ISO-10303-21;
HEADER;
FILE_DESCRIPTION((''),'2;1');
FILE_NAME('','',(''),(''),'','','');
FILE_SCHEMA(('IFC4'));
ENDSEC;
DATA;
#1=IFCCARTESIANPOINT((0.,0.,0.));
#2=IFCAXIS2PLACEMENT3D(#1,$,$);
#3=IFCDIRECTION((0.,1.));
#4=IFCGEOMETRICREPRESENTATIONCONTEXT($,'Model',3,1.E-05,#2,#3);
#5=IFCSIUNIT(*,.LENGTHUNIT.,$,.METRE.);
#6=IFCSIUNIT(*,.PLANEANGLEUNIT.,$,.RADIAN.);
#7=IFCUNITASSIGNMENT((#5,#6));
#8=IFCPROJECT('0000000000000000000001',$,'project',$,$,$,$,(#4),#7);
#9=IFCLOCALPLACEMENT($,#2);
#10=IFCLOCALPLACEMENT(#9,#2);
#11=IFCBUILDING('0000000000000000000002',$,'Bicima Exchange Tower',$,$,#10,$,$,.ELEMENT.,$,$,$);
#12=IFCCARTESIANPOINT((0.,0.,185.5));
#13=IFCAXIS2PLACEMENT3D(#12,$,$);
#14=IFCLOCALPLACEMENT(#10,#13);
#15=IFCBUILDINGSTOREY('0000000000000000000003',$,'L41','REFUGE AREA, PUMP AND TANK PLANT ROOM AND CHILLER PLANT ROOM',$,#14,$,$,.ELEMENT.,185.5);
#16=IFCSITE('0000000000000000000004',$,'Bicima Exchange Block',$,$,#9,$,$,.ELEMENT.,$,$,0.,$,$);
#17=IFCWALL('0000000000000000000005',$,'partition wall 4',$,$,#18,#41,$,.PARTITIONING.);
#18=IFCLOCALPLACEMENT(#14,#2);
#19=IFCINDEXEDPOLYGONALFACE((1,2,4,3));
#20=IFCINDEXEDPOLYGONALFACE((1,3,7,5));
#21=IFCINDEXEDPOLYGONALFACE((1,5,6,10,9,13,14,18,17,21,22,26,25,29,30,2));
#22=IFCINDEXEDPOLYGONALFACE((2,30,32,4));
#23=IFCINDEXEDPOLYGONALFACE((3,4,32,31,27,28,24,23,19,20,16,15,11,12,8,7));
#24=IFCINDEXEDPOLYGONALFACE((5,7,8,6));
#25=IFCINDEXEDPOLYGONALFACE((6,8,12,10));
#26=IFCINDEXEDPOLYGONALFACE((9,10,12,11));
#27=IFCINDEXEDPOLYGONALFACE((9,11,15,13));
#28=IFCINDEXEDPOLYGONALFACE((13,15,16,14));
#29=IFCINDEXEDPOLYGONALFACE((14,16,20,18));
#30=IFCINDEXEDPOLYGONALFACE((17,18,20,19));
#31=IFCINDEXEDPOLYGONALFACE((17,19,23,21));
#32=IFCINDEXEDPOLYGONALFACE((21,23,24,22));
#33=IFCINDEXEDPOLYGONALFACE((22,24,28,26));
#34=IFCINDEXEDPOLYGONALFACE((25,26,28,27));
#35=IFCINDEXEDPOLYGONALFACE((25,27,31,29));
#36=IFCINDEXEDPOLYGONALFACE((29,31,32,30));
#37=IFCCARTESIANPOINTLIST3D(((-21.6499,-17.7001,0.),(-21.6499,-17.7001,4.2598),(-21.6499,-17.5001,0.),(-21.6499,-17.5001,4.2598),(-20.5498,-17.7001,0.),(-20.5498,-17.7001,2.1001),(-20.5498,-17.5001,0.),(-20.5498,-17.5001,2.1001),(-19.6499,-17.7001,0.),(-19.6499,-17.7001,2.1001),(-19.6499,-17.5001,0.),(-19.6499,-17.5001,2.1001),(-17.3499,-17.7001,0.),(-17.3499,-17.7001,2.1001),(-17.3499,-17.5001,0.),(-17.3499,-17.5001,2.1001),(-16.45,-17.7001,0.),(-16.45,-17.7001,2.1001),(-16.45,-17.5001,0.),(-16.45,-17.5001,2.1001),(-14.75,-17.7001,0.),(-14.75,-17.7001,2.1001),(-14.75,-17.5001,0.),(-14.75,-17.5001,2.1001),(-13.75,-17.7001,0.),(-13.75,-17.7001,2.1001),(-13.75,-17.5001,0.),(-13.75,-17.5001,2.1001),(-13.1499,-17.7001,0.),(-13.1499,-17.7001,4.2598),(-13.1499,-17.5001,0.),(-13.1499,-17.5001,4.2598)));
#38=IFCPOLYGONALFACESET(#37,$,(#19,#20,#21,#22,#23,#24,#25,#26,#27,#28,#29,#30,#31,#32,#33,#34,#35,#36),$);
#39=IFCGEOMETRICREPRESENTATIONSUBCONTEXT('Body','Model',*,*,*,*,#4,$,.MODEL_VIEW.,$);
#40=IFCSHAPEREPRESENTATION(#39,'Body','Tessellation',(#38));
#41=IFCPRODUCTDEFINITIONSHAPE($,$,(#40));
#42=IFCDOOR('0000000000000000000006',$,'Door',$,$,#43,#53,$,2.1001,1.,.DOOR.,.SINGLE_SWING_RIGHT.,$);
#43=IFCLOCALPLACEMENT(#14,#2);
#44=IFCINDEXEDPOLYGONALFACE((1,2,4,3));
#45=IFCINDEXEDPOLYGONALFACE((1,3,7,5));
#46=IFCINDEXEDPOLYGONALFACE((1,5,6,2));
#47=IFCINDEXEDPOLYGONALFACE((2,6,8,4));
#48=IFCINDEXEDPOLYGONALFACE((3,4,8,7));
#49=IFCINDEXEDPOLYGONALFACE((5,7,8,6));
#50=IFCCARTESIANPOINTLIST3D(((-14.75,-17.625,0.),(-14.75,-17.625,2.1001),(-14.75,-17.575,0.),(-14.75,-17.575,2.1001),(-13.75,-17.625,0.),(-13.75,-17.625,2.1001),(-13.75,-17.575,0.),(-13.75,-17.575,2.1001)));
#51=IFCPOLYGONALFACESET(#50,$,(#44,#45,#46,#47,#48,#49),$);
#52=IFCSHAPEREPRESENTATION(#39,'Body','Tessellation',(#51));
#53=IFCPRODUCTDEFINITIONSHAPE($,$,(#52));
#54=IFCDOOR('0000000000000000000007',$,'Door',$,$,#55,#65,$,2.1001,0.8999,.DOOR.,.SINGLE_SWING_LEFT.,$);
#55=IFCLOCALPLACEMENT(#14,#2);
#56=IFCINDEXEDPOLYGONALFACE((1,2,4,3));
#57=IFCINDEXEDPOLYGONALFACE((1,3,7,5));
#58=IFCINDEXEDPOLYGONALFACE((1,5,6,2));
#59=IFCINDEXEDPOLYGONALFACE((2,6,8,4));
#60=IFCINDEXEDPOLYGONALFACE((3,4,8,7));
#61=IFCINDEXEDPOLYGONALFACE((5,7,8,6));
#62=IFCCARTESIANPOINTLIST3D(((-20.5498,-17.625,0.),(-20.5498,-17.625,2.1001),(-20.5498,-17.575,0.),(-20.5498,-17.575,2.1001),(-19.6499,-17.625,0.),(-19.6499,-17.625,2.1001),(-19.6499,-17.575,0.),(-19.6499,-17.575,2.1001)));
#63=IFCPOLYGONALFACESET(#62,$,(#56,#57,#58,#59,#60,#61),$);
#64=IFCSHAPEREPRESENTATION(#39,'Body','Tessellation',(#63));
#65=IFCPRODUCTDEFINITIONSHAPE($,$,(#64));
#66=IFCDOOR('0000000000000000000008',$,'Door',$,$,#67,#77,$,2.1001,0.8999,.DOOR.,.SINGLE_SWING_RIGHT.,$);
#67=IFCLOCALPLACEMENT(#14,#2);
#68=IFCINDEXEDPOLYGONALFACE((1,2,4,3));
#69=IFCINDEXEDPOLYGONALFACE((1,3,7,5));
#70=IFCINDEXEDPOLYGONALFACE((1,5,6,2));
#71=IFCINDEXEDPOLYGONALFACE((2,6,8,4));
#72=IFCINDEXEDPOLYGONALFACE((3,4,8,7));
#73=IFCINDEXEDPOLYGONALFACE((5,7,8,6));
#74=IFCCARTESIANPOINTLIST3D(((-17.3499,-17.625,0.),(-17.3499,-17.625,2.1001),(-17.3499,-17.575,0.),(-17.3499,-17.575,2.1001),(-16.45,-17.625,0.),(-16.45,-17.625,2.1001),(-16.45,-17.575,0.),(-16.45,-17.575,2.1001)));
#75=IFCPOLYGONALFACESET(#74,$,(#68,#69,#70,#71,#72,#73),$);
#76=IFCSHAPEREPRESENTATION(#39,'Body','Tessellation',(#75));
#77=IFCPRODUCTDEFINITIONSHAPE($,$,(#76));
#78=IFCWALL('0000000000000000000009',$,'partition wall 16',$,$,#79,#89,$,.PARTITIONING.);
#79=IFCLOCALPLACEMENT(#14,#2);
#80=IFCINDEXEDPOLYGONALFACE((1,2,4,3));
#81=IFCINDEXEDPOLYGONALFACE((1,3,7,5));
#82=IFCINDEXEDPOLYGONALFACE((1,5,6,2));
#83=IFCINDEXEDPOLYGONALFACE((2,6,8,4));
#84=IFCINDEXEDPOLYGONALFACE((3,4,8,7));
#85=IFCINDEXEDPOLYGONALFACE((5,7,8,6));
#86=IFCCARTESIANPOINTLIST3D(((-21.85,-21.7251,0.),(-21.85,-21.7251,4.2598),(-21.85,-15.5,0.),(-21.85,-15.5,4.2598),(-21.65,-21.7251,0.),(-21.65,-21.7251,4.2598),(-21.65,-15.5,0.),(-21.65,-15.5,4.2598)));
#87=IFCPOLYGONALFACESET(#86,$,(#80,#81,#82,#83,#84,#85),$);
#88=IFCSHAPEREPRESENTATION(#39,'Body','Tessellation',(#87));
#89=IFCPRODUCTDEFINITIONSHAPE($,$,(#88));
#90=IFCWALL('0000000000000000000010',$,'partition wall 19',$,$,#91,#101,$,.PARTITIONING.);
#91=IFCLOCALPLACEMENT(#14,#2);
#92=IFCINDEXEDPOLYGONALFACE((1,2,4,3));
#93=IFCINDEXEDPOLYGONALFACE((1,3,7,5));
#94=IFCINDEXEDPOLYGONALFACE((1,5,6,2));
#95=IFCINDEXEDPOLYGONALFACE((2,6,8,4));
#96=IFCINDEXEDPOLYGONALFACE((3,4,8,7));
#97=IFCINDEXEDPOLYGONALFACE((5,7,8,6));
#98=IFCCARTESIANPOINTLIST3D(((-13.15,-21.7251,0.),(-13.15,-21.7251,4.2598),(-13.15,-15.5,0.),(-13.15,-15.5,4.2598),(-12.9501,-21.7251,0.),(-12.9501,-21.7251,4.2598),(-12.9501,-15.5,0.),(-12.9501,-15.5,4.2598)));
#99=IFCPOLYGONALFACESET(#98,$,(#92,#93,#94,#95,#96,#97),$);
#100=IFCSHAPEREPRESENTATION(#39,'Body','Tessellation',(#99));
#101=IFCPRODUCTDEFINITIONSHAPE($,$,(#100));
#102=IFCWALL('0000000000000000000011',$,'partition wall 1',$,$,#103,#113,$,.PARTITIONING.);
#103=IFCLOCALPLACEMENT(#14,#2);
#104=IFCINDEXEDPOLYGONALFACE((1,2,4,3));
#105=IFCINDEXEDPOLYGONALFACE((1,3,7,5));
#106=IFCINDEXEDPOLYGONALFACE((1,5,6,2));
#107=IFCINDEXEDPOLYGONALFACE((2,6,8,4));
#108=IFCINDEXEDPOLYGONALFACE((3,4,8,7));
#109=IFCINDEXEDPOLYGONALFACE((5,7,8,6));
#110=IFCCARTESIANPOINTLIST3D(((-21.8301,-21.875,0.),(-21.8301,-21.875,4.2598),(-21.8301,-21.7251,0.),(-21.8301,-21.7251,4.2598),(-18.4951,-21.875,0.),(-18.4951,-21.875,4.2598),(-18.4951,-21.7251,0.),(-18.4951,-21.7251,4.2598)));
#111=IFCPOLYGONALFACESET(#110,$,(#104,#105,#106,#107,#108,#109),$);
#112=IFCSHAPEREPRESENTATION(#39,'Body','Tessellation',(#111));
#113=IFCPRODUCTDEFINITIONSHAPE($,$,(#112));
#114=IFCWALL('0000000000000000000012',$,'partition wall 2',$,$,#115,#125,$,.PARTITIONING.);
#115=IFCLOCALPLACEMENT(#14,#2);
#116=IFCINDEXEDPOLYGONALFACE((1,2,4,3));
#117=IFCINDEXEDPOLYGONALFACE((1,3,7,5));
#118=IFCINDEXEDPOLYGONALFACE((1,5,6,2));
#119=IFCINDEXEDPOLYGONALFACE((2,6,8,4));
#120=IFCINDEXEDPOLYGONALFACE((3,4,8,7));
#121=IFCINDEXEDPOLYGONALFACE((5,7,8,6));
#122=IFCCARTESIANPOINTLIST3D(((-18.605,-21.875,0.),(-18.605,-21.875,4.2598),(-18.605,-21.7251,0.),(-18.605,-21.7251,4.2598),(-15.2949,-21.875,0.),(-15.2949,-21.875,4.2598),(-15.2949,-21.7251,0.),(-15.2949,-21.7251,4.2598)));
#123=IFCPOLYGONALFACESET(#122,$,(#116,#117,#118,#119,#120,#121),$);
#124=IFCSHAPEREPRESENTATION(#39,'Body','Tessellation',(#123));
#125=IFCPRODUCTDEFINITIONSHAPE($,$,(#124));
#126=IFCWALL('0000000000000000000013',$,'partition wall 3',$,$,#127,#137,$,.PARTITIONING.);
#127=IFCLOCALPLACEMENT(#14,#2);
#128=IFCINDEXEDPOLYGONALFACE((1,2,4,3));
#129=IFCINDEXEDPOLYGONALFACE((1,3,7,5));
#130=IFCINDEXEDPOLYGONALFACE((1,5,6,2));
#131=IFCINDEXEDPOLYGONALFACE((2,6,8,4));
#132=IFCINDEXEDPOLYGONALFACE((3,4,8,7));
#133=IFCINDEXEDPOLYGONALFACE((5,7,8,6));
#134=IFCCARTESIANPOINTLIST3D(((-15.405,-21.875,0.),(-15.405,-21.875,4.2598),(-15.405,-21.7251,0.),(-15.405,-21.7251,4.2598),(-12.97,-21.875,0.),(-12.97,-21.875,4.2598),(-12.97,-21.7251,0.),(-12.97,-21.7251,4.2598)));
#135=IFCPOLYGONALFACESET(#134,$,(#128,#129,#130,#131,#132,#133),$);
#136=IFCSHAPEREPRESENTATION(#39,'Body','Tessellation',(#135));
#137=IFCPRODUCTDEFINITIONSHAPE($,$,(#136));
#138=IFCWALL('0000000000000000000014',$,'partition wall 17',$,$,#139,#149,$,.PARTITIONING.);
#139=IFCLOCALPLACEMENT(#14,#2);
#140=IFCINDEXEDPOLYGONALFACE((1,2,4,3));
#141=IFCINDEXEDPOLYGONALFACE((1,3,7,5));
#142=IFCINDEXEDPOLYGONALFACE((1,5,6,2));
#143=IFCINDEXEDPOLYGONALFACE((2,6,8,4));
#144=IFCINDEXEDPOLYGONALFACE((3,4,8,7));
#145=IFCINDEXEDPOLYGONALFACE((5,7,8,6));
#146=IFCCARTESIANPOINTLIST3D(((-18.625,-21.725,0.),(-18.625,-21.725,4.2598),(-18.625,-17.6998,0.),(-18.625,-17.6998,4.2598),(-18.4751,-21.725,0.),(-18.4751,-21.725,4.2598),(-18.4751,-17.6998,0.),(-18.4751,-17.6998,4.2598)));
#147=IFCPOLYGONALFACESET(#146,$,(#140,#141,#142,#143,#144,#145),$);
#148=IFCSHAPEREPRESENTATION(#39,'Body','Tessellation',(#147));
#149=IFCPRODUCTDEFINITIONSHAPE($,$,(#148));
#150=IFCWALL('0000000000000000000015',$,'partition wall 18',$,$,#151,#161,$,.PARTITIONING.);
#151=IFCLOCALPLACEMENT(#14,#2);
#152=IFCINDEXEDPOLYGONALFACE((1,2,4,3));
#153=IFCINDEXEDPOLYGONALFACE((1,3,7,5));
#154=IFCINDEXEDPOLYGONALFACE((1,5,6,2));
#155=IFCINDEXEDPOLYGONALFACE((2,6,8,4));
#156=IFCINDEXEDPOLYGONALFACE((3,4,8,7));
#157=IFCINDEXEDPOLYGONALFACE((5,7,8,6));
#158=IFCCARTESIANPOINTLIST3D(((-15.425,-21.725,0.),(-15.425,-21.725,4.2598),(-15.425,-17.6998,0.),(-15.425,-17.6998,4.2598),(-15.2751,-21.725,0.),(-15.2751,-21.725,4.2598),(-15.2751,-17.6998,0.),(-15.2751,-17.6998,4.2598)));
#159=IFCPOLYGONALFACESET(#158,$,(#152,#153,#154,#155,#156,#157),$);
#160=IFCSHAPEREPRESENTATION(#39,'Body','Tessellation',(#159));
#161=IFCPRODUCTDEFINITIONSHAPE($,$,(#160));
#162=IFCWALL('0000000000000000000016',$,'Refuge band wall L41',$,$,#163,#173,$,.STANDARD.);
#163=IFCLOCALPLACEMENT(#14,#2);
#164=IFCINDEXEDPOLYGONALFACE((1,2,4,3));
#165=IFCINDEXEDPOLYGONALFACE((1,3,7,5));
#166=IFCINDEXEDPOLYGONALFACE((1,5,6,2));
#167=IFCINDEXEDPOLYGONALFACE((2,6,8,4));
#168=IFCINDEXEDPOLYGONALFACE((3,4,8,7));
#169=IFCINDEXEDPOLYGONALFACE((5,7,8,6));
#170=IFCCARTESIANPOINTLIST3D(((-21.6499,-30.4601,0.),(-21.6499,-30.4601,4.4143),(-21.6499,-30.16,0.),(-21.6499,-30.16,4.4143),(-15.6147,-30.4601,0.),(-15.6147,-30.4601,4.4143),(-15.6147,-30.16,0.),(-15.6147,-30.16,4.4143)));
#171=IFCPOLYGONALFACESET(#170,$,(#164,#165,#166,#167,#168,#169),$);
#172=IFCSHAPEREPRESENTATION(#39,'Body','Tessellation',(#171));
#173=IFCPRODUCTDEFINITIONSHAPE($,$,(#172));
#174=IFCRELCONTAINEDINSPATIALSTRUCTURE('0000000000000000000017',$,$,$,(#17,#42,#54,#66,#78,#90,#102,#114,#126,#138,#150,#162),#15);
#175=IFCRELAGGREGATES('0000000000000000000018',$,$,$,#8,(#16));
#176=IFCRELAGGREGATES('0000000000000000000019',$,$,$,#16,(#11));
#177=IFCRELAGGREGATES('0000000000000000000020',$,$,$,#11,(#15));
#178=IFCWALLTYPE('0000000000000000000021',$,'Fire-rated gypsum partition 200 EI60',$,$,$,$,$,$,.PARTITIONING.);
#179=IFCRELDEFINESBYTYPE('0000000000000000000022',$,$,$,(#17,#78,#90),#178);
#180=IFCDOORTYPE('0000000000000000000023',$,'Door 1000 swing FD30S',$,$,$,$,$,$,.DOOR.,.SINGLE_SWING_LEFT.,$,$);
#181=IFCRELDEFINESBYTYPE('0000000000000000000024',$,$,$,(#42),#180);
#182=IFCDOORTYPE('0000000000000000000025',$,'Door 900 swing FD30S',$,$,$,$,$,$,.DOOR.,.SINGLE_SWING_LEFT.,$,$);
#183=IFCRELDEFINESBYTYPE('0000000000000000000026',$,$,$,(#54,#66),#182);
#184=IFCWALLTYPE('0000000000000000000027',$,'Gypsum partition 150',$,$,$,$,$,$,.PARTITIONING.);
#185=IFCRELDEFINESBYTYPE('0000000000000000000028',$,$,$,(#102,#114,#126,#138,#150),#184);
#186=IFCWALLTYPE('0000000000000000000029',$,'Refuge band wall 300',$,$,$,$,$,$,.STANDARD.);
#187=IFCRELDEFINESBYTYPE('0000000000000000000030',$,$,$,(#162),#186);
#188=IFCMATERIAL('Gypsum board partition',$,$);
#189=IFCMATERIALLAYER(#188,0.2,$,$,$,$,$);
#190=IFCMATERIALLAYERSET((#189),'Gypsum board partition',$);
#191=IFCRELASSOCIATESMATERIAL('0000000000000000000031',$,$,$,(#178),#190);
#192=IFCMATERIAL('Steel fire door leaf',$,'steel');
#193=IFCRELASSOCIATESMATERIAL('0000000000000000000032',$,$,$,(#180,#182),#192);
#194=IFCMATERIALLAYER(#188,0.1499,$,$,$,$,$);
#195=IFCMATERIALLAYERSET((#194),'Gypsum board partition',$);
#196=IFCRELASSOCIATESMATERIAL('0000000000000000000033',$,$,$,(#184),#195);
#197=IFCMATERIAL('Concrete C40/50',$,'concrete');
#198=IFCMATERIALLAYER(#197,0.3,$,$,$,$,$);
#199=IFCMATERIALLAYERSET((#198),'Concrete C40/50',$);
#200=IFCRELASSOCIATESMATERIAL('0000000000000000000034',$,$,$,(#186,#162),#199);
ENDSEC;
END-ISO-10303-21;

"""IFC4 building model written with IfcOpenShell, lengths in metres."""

from ifc_helpers import new_model, si_unit, direction, frame, frame_2d, origin, place, context, subcontext, project, spatial, rectangle, extrude, material, layer, layer_set, layer_usage, type_object, element, fill, save


model = new_model("IFC4")

# Units and contexts
model_context = context("Model", 3, precision=1e-05, world=origin(), true_north=direction((0.0, 1.0)))
body_context = subcontext(model_context, "Body", "Model", "MODEL_VIEW")
ifc_project = project(units=[si_unit("LENGTHUNIT", "METRE"), si_unit("PLANEANGLEUNIT", "RADIAN")], contexts=[model_context])

# Site, building, storey
site_placement = place(None, origin())
site = spatial("IfcSite", under=ifc_project, at=site_placement, Name="Bicima Exchange Block", CompositionType="ELEMENT", RefElevation=0.0)
building_placement = place(site_placement, origin())
building = spatial("IfcBuilding", under=site, at=building_placement, Name="Bicima Exchange Tower", CompositionType="ELEMENT")
storey_placement = place(building_placement, frame((0.0, 0.0, 185.5)))
storey = spatial("IfcBuildingStorey", under=building, at=storey_placement, Name="L41", Description="REFUGE AREA, PUMP AND TANK PLANT ROOM AND CHILLER PLANT ROOM", CompositionType="ELEMENT", Elevation=185.5)

# Shared definitions
ifc_material_1 = material(Name="Concrete C40/50", Category="concrete")

# Wall, openings, doors
ifc_material_2 = material(Name="Gypsum board partition")
ifc_layer_1 = layer(ifc_material_2, 0.2)
ifc_layer_set_1 = layer_set([ifc_layer_1], Name="Gypsum board partition")
wall_type_1 = type_object("IfcWallType", Name="Fire-rated gypsum partition 200 EI60", PredefinedType="PARTITIONING", material=ifc_layer_set_1)
wall_1_placement = place(storey_placement, frame((-21.6499, -17.6001, 0.0), z_axis=(0.0, 0.0, 1.0), x_axis=(1.0, 0.0, 0.0)))
wall_1 = element("IfcWall", 1, at=wall_1_placement, inside=storey, type_object=wall_type_1, Name="partition wall 4", PredefinedType="PARTITIONING", context=body_context, shape_type="SweptSolid", body=[
    extrude(rectangle(XDim=8.5, YDim=0.2, at=frame_2d((4.25, 0.0))), origin(), (0.0, 0.0, 1.0), 4.2598),
])
opening_1_placement = place(wall_1_placement, frame((1.1001, 0.0, 0.0)))
opening_1 = element("IfcOpeningElement", 2, at=opening_1_placement, cuts=wall_1, PredefinedType="OPENING", context=body_context, shape_type="SweptSolid", body=[
    extrude(rectangle(XDim=0.8999, YDim=2.1001, at=frame_2d((0.45, 1.05))), frame((0.0, 0.1118, 0.0), z_axis=(0.0, -1.0, 0.0), x_axis=(1.0, 0.0, 0.0)), (0.0, 0.0, 1.0), 0.2239),
])
opening_2_placement = place(wall_1_placement, frame((4.3, 0.0, 0.0)))
opening_2 = element("IfcOpeningElement", 3, at=opening_2_placement, cuts=wall_1, PredefinedType="OPENING", context=body_context, shape_type="SweptSolid", body=[
    extrude(rectangle(XDim=0.8999, YDim=2.1001, at=frame_2d((0.45, 1.05))), frame((0.0, 0.1118, 0.0), z_axis=(0.0, -1.0, 0.0), x_axis=(1.0, 0.0, 0.0)), (0.0, 0.0, 1.0), 0.2239),
])
opening_3_placement = place(wall_1_placement, frame((6.8999, 0.0, 0.0)))
opening_3 = element("IfcOpeningElement", 4, at=opening_3_placement, cuts=wall_1, PredefinedType="OPENING", context=body_context, shape_type="SweptSolid", body=[
    extrude(rectangle(XDim=1.0, YDim=2.1001, at=frame_2d((0.5, 1.05))), frame((0.0, 0.1118, 0.0), z_axis=(0.0, -1.0, 0.0), x_axis=(1.0, 0.0, 0.0)), (0.0, 0.0, 1.0), 0.2239),
])
ifc_material_3 = material(Name="Steel fire door leaf", Category="steel")
door_type_1 = type_object("IfcDoorType", Name="Door 1000 swing FD30S", OperationType="SINGLE_SWING_LEFT", PredefinedType="DOOR", material=ifc_material_3)
door_1_placement = place(opening_3_placement, frame((1.0, 0.0, 0.0), z_axis=(0.0, 0.0, 1.0), x_axis=(-1.0, 0.0, 0.0)))
door_1 = element("IfcDoor", 5, at=door_1_placement, inside=storey, type_object=door_type_1, Name="Door", OperationType="SINGLE_SWING_RIGHT", OverallHeight=2.1001, OverallWidth=1.0, PredefinedType="DOOR", context=body_context, shape_type="SweptSolid", body=[
    extrude(rectangle(XDim=1.0, YDim=2.1001, at=frame_2d((0.5, 1.05))), frame((0.0, 0.0249, 0.0), z_axis=(0.0, -1.0, 0.0), x_axis=(1.0, 0.0, 0.0)), (0.0, 0.0, 1.0), 0.05),
])
fill(opening_3, door_1)
door_type_2 = type_object("IfcDoorType", Name="Door 900 swing FD30S", OperationType="SINGLE_SWING_LEFT", PredefinedType="DOOR", material=ifc_material_3)
door_2_placement = place(opening_1_placement, frame((0.8999, 0.0, 0.0), z_axis=(0.0, 0.0, 1.0), x_axis=(-1.0, 0.0, 0.0)))
door_2 = element("IfcDoor", 6, at=door_2_placement, inside=storey, type_object=door_type_2, Name="Door", OperationType="SINGLE_SWING_LEFT", OverallHeight=2.1001, OverallWidth=0.8999, PredefinedType="DOOR", context=body_context, shape_type="SweptSolid", body=[
    extrude(rectangle(XDim=0.8999, YDim=2.1001, at=frame_2d((0.45, 1.05))), frame((0.0, 0.0249, 0.0), z_axis=(0.0, -1.0, 0.0), x_axis=(1.0, 0.0, 0.0)), (0.0, 0.0, 1.0), 0.05),
])
fill(opening_1, door_2)
door_3_placement = place(opening_2_placement, frame((0.8999, 0.0, 0.0), z_axis=(0.0, 0.0, 1.0), x_axis=(-1.0, 0.0, 0.0)))
door_3 = element("IfcDoor", 7, at=door_3_placement, inside=storey, type_object=door_type_2, Name="Door", OperationType="SINGLE_SWING_RIGHT", OverallHeight=2.1001, OverallWidth=0.8999, PredefinedType="DOOR", context=body_context, shape_type="SweptSolid", body=[
    extrude(rectangle(XDim=0.8999, YDim=2.1001, at=frame_2d((0.45, 1.05))), frame((0.0, 0.0249, 0.0), z_axis=(0.0, -1.0, 0.0), x_axis=(1.0, 0.0, 0.0)), (0.0, 0.0, 1.0), 0.05),
])
fill(opening_2, door_3)

# Walls
for number, where, z_axis, x_axis, name in (
    (8, (-21.75, -21.7251, 0.0), (0.0, 0.0, 1.0), (0.0, 1.0, 0.0), "partition wall 16"),
    (9, (-13.05, -21.7251, 0.0), (0.0, 0.0, 1.0), (0.0, 1.0, 0.0), "partition wall 19"),
):
    element("IfcWall", number, at=place(storey_placement, frame(where, z_axis=z_axis, x_axis=x_axis)), inside=storey, type_object=wall_type_1, Name=name, PredefinedType="PARTITIONING", context=body_context, shape_type="SweptSolid", body=[
        extrude(rectangle(XDim=6.2251, YDim=0.2, at=frame_2d((3.1125, 0.0))), origin(), (0.0, 0.0, 1.0), 4.2598),
    ])
ifc_layer_2 = layer(ifc_material_2, 0.1499)
ifc_layer_set_2 = layer_set([ifc_layer_2], Name="Gypsum board partition")
wall_type_2 = type_object("IfcWallType", Name="Gypsum partition 150", PredefinedType="PARTITIONING", material=ifc_layer_set_2)
wall_2_placement = place(storey_placement, frame((-21.8301, -21.8, 0.0), z_axis=(0.0, 0.0, 1.0), x_axis=(1.0, 0.0, 0.0)))
element("IfcWall", 10, at=wall_2_placement, inside=storey, type_object=wall_type_2, Name="partition wall 1", PredefinedType="PARTITIONING", context=body_context, shape_type="SweptSolid", body=[
    extrude(rectangle(XDim=3.335, YDim=0.1499, at=frame_2d((1.6675, 0.0))), origin(), (0.0, 0.0, 1.0), 4.2598),
])
wall_3_placement = place(storey_placement, frame((-18.605, -21.8, 0.0), z_axis=(0.0, 0.0, 1.0), x_axis=(1.0, 0.0, 0.0)))
element("IfcWall", 11, at=wall_3_placement, inside=storey, type_object=wall_type_2, Name="partition wall 2", PredefinedType="PARTITIONING", context=body_context, shape_type="SweptSolid", body=[
    extrude(rectangle(XDim=3.3101, YDim=0.1499, at=frame_2d((1.655, 0.0))), origin(), (0.0, 0.0, 1.0), 4.2598),
])
wall_4_placement = place(storey_placement, frame((-15.405, -21.8, 0.0), z_axis=(0.0, 0.0, 1.0), x_axis=(1.0, 0.0, 0.0)))
element("IfcWall", 12, at=wall_4_placement, inside=storey, type_object=wall_type_2, Name="partition wall 3", PredefinedType="PARTITIONING", context=body_context, shape_type="SweptSolid", body=[
    extrude(rectangle(XDim=2.4351, YDim=0.1499, at=frame_2d((1.2175, 0.0))), origin(), (0.0, 0.0, 1.0), 4.2598),
])
for number, where, z_axis, x_axis, name in (
    (13, (-18.55, -21.7251, 0.0), (0.0, 0.0, 1.0), (0.0, 1.0, 0.0), "partition wall 17"),
    (14, (-15.3501, -21.7251, 0.0), (0.0, 0.0, 1.0), (0.0, 1.0, 0.0), "partition wall 18"),
):
    element("IfcWall", number, at=place(storey_placement, frame(where, z_axis=z_axis, x_axis=x_axis)), inside=storey, type_object=wall_type_2, Name=name, PredefinedType="PARTITIONING", context=body_context, shape_type="SweptSolid", body=[
        extrude(rectangle(XDim=4.0251, YDim=0.1499, at=frame_2d((2.0127, 0.0))), origin(), (0.0, 0.0, 1.0), 4.2598),
    ])
ifc_layer_3 = layer(ifc_material_1, 0.3)
ifc_layer_set_3 = layer_set([ifc_layer_3], Name="Concrete C40/50")
ifc_layer_usage_1 = layer_usage(ifc_layer_set_3, "AXIS2", "POSITIVE", -0.15)
wall_type_3 = type_object("IfcWallType", Name="Refuge band wall 300", PredefinedType="STANDARD", material=ifc_layer_set_3)
wall_5_placement = place(storey_placement, frame((-21.6499, -30.3101, 0.0), z_axis=(0.0, 0.0, 1.0), x_axis=(1.0, 0.0, 0.0)))
element("IfcWall", 15, at=wall_5_placement, inside=storey, type_object=wall_type_3, material=ifc_layer_usage_1, Name="Refuge band wall L41", PredefinedType="STANDARD", context=body_context, shape_type="SweptSolid", body=[
    extrude(rectangle(XDim=6.0352, YDim=0.3, at=frame_2d((3.0176, 0.0))), origin(), (0.0, 0.0, 1.0), 4.4143),
])

save(model, "model.ifc")
